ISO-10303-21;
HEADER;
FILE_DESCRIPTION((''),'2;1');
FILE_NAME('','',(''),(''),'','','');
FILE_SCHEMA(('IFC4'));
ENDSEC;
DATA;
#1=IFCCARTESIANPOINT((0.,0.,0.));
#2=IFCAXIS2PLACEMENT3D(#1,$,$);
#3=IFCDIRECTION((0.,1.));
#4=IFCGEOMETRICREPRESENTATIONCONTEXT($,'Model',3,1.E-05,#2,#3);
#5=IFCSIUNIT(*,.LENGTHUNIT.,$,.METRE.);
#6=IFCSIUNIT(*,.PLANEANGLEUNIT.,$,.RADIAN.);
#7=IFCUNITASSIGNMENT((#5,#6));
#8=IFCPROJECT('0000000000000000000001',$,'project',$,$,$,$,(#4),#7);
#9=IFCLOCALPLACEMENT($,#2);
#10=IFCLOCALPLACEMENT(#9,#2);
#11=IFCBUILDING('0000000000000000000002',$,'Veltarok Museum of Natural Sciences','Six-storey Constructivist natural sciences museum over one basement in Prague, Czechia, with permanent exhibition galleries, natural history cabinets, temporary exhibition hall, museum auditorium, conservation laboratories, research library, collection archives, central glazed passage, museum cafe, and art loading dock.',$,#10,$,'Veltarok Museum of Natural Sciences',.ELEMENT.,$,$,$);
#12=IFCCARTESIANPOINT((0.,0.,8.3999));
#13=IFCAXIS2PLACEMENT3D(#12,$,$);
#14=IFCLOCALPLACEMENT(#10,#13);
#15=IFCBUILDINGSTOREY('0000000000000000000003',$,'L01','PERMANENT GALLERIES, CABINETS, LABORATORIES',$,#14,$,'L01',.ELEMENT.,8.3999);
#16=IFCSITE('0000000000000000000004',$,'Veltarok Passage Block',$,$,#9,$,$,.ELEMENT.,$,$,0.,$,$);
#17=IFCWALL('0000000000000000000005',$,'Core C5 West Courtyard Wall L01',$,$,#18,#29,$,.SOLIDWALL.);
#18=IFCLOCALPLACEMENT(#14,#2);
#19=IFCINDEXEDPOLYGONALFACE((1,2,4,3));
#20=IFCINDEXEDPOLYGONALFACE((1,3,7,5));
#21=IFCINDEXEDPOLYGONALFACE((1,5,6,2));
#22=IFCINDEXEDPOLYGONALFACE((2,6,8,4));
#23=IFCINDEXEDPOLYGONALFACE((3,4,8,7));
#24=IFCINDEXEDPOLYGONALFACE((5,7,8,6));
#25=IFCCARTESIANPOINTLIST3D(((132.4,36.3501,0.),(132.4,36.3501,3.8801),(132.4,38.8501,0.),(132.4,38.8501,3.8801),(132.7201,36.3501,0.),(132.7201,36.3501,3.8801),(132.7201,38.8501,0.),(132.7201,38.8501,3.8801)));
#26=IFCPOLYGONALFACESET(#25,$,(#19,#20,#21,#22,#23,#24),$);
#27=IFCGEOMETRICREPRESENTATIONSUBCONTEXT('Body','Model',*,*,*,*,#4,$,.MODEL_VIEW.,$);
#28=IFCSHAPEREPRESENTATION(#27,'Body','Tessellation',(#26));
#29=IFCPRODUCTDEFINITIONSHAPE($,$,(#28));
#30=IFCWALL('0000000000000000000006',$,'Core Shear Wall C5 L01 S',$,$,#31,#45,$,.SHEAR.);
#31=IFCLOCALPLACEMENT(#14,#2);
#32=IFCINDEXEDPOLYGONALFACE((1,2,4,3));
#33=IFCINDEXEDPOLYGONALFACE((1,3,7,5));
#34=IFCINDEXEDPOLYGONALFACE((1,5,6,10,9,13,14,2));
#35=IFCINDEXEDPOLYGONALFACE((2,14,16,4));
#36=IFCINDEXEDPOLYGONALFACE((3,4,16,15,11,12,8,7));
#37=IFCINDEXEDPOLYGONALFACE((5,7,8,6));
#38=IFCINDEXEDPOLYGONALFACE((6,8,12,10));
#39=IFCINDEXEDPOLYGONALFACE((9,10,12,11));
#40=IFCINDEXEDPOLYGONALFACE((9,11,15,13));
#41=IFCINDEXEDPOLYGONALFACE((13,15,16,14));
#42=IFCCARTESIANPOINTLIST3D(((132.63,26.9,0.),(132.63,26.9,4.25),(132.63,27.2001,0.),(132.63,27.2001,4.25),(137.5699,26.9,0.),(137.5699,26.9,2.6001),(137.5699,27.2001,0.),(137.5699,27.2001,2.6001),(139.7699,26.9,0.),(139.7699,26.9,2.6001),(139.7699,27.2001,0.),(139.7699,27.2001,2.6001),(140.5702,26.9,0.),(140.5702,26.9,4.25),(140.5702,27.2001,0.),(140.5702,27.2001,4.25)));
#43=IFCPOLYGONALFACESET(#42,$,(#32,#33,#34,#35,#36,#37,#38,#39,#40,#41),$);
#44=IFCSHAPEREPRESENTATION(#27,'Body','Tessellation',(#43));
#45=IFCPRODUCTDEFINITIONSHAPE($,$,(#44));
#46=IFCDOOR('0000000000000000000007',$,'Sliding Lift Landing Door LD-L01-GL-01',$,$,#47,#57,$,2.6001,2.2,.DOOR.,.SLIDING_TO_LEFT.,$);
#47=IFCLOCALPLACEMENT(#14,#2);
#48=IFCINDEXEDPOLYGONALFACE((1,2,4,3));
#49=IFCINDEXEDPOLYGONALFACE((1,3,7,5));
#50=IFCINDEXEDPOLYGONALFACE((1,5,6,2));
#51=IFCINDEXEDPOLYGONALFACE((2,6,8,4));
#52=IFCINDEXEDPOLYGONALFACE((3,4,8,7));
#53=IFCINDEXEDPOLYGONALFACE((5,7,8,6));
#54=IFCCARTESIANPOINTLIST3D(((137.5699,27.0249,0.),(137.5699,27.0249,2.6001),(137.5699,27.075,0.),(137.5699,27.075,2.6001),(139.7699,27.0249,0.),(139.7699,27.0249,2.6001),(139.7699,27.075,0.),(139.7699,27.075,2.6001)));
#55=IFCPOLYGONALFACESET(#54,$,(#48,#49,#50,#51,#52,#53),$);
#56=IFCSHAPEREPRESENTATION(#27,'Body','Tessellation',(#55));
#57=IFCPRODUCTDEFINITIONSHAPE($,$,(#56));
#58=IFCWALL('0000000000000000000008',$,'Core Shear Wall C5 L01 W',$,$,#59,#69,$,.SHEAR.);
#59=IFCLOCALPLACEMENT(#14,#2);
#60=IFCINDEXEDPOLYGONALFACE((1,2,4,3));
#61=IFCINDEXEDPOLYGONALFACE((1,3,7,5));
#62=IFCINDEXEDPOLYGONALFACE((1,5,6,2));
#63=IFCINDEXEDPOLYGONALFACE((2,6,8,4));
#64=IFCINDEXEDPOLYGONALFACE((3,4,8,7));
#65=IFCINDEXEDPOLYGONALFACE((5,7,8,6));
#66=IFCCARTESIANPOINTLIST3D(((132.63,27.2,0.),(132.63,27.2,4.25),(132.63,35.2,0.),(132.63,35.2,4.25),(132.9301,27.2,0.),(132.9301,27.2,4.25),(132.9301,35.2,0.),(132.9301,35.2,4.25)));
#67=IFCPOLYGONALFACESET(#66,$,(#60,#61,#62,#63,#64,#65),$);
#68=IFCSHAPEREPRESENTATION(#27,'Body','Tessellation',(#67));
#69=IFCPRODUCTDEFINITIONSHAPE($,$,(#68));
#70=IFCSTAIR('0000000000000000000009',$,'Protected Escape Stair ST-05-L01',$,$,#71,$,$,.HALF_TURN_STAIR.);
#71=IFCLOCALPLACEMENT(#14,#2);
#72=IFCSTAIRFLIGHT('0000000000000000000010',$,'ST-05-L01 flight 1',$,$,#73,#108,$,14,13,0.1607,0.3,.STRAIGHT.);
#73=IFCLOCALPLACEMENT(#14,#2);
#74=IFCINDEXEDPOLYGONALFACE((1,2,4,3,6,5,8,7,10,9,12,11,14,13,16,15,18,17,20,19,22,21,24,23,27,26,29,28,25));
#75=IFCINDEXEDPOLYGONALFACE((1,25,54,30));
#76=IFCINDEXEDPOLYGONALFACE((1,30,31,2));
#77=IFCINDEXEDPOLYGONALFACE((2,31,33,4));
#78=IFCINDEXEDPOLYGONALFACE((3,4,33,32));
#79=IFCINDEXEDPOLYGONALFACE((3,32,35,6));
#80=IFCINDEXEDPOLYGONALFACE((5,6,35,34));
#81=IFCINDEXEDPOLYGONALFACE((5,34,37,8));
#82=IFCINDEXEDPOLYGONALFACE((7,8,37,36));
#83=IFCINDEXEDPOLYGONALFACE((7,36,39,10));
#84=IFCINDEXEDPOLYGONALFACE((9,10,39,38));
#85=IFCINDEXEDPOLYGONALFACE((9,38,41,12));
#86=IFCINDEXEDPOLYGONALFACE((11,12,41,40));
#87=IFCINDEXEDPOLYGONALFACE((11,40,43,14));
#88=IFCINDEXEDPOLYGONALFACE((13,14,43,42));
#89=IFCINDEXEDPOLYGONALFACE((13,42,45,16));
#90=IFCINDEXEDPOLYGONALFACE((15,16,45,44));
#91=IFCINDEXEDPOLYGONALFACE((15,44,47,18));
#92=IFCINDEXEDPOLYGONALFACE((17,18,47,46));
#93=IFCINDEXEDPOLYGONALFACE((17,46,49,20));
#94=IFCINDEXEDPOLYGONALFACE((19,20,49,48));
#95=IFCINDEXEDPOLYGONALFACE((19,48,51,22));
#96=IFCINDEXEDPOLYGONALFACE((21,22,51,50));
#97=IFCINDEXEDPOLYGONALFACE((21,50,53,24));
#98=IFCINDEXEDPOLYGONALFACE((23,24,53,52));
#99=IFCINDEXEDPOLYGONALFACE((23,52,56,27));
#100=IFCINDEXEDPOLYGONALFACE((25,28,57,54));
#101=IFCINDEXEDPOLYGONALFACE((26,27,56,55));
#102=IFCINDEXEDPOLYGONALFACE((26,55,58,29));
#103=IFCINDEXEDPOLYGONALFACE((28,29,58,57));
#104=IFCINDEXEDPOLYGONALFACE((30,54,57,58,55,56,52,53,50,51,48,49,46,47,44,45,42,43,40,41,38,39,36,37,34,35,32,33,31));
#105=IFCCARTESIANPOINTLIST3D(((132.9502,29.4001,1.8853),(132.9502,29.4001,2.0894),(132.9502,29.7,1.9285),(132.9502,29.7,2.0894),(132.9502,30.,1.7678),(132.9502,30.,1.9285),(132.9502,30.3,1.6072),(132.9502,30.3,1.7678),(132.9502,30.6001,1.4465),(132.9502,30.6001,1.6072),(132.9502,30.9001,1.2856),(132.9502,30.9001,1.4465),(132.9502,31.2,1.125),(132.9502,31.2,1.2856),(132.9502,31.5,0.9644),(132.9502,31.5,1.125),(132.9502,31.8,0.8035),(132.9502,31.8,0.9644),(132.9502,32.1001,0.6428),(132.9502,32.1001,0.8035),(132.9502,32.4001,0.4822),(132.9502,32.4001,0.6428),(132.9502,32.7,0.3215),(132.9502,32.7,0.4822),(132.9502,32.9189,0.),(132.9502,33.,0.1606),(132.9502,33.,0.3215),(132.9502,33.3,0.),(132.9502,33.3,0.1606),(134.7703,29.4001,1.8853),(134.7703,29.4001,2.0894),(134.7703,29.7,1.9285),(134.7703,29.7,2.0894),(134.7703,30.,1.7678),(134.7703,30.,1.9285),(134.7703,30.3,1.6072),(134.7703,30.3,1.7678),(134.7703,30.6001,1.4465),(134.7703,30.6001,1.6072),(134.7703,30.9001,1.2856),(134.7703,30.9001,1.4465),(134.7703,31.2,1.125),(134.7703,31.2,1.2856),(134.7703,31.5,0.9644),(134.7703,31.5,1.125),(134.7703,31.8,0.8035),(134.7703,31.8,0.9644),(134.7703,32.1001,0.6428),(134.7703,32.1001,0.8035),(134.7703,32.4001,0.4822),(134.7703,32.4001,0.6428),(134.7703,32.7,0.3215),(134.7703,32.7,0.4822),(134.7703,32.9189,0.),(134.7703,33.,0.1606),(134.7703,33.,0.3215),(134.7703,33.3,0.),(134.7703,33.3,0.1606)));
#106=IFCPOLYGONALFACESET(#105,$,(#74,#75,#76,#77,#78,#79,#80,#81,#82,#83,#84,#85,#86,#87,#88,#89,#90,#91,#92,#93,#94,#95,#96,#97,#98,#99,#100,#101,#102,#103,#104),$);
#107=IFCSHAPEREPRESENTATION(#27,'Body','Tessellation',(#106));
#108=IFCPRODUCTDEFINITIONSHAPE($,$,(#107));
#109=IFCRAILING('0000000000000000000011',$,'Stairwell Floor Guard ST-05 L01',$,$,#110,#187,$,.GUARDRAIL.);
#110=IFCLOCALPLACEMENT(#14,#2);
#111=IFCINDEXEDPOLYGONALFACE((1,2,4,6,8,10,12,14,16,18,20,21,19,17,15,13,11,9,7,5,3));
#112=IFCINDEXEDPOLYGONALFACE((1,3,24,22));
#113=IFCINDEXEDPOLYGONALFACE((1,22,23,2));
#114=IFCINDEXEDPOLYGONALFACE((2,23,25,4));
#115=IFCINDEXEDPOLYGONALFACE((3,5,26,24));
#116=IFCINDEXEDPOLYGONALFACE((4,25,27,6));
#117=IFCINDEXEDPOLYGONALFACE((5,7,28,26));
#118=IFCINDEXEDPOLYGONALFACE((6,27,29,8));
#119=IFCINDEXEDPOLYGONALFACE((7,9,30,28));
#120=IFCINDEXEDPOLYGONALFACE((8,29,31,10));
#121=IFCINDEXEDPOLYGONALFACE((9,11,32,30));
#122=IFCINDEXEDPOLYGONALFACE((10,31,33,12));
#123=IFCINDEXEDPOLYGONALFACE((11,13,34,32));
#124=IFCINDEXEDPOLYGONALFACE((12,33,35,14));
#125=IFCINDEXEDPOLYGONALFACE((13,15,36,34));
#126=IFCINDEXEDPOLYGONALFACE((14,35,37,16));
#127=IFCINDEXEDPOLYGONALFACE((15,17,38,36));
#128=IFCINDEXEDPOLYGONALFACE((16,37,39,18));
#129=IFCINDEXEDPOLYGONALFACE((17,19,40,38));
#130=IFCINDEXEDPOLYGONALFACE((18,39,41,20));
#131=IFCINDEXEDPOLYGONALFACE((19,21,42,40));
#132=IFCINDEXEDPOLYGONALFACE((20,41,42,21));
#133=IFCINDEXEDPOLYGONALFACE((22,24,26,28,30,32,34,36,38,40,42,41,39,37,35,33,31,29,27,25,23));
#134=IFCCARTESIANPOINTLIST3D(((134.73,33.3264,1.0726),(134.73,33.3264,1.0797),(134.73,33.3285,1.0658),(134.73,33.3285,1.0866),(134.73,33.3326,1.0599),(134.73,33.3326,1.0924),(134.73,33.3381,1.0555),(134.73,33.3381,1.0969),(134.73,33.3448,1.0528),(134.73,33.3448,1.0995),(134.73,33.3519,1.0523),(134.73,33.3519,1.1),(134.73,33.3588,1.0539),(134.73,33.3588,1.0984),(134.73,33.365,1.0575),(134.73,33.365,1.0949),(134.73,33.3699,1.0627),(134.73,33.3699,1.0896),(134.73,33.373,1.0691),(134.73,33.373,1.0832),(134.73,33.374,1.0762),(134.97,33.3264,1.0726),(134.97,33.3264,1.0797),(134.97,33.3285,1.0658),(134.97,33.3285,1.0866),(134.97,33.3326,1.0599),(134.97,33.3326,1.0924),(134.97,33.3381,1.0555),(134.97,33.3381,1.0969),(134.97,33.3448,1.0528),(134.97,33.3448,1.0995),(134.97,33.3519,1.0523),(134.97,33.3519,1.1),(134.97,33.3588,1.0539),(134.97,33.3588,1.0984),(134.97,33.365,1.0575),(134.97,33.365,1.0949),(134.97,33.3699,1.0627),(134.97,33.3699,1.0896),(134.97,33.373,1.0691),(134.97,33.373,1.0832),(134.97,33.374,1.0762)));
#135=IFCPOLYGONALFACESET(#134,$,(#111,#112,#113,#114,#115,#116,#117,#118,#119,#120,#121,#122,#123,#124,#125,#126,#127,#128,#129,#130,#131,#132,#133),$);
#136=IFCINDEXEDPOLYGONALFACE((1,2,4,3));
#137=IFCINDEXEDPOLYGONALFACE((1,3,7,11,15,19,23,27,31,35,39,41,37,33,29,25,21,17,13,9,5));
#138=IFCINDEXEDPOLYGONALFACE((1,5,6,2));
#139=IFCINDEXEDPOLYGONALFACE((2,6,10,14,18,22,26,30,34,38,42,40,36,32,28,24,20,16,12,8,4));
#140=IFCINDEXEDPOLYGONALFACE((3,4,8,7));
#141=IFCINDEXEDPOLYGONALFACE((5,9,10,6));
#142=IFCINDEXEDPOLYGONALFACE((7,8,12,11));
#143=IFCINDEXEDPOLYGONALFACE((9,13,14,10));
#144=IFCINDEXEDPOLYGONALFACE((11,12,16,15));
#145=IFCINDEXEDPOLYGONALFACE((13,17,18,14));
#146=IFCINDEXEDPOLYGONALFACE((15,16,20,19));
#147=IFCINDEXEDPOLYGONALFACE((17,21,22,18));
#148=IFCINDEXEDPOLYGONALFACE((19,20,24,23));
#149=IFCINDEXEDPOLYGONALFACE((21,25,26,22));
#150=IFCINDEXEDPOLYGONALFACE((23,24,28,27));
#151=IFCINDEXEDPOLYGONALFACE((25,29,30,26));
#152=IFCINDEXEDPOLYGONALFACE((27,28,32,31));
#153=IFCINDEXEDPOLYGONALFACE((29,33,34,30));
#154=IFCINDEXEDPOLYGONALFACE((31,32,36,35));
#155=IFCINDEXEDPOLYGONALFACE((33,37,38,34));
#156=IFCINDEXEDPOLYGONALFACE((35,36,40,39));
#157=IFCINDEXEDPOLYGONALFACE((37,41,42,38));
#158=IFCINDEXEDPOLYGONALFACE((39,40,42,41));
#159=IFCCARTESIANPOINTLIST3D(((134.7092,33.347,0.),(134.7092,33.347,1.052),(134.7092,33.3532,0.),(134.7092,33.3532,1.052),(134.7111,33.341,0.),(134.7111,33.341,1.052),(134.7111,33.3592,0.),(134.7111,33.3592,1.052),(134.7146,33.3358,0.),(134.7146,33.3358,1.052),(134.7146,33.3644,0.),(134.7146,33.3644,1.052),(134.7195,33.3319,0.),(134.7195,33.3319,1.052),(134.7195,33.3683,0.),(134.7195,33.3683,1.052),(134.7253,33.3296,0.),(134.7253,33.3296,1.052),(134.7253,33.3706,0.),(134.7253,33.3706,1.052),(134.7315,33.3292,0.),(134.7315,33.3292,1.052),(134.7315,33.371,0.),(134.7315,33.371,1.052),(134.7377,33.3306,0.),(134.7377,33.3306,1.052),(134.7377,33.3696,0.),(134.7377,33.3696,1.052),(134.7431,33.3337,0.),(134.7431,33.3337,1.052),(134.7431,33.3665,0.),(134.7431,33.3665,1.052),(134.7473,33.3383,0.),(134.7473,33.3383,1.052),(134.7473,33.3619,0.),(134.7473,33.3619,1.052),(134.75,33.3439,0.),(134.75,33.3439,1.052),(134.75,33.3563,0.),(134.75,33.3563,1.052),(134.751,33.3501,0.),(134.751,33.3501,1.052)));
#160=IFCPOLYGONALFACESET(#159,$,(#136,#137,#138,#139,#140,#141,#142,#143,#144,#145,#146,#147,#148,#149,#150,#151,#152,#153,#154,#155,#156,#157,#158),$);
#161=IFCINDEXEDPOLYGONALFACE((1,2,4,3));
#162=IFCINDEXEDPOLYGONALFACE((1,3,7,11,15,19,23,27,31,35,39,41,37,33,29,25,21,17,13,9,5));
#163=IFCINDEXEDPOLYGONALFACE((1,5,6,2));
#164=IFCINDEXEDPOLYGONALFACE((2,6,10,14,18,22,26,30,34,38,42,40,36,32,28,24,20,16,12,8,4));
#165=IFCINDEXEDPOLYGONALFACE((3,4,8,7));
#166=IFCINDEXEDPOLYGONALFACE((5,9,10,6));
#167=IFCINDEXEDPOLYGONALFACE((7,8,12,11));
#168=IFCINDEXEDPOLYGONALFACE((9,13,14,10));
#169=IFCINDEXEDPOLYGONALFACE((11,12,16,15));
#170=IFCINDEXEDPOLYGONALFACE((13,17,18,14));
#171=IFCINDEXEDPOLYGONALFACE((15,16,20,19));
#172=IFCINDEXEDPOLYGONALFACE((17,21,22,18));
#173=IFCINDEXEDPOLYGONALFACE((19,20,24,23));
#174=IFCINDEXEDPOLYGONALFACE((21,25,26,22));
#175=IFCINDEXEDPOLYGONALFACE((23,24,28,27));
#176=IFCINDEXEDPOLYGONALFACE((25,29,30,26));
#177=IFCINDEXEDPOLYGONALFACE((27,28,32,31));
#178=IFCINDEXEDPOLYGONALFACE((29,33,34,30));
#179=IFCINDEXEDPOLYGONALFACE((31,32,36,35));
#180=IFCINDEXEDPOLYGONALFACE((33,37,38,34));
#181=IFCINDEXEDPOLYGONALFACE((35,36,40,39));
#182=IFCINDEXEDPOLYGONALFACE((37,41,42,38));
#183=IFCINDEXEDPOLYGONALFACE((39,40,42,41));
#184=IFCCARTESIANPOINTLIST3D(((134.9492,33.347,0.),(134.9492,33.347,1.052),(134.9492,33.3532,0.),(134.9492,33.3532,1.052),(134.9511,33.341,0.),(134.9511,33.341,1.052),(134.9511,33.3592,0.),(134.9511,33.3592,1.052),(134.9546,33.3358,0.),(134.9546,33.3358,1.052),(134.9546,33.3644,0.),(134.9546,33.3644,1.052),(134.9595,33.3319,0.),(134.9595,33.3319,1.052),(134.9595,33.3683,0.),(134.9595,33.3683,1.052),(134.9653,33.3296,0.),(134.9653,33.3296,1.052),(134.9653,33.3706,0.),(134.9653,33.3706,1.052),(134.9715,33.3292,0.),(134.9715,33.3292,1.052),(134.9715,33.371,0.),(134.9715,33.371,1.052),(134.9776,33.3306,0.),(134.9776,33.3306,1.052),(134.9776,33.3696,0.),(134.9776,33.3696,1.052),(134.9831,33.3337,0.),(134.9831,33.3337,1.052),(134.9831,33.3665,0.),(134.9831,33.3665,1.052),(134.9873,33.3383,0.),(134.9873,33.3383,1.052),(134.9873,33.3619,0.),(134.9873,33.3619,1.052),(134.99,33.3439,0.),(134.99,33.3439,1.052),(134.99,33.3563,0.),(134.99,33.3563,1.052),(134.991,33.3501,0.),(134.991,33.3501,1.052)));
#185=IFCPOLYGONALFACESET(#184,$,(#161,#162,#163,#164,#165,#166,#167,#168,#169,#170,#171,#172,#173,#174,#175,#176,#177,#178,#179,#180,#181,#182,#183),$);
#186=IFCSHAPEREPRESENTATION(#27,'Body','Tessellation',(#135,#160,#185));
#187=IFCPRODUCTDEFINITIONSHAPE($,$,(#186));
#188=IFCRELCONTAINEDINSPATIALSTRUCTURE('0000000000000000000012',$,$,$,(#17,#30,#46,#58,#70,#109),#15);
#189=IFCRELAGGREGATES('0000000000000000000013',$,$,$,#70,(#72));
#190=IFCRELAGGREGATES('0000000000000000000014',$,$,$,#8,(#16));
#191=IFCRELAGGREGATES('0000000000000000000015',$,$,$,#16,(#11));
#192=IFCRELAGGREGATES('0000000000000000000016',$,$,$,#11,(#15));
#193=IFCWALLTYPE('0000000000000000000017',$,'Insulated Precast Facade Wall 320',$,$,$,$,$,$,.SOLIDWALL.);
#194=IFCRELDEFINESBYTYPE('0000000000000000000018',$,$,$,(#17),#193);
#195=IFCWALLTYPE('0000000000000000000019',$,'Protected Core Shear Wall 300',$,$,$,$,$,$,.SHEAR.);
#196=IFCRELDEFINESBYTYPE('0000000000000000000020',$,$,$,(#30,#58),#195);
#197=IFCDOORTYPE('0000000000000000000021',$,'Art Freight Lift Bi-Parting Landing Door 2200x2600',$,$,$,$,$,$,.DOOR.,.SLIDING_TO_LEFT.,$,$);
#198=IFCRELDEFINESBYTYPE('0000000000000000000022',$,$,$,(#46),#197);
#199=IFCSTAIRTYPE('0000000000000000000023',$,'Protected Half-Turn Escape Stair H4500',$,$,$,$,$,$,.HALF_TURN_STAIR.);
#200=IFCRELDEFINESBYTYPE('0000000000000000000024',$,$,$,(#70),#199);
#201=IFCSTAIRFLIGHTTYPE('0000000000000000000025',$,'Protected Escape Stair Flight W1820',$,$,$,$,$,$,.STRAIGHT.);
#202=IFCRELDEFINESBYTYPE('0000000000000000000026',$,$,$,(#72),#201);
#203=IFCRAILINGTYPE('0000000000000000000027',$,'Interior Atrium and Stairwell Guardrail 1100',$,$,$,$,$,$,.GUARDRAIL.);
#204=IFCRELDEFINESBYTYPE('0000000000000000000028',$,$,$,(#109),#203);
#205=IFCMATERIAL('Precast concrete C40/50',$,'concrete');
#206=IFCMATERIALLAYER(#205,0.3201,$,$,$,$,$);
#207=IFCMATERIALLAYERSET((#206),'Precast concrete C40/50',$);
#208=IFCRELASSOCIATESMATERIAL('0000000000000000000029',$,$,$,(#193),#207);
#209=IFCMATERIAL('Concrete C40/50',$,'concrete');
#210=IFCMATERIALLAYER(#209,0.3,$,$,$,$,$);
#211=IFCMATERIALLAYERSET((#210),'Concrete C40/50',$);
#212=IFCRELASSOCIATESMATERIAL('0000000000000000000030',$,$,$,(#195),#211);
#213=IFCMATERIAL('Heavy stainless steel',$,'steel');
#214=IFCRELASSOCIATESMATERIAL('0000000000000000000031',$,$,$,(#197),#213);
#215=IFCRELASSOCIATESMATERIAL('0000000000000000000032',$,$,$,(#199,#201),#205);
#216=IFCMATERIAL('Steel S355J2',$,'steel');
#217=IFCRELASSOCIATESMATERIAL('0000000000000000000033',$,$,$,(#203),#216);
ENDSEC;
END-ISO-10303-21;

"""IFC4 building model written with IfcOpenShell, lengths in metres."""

from ifc_helpers import new_model, si_unit, direction, frame, frame_2d, origin, origin_2d, place, context, subcontext, project, spatial, polyline, rectangle, circle, outline, extrude, material, layer, layer_set, type_object, element, fill, aggregate, save


model = new_model("IFC4")

# Units and contexts
model_context = context("Model", 3, precision=1e-05, world=origin(), true_north=direction((0.0, 1.0)))
body_context = subcontext(model_context, "Body", "Model", "MODEL_VIEW")
ifc_project = project(units=[si_unit("LENGTHUNIT", "METRE"), si_unit("PLANEANGLEUNIT", "RADIAN")], contexts=[model_context])

# Site, building, storey
site_placement = place(None, origin())
site = spatial("IfcSite", under=ifc_project, at=site_placement, Name="Veltarok Passage Block", CompositionType="ELEMENT", RefElevation=0.0)
building_placement = place(site_placement, origin())
building = spatial("IfcBuilding", under=site, at=building_placement, Name="Veltarok Museum of Natural Sciences", Description="Six-storey Constructivist natural sciences museum over one basement in Prague, Czechia, with permanent exhibition galleries, natural history cabinets, temporary exhibition hall, museum auditorium, conservation laboratories, research library, collection archives, central glazed passage, museum cafe, and art loading dock.", LongName="Veltarok Museum of Natural Sciences", CompositionType="ELEMENT")
storey_placement = place(building_placement, frame((0.0, 0.0, 8.3999)))
storey = spatial("IfcBuildingStorey", under=building, at=storey_placement, Name="L01", Description="PERMANENT GALLERIES, CABINETS, LABORATORIES", LongName="L01", CompositionType="ELEMENT", Elevation=8.3999)

# Wall
ifc_material_1 = material(Name="Precast concrete C40/50", Category="concrete")
ifc_layer_1 = layer(ifc_material_1, 0.3201)
ifc_layer_set_1 = layer_set([ifc_layer_1], Name="Precast concrete C40/50")
wall_type_1 = type_object("IfcWallType", Name="Insulated Precast Facade Wall 320", PredefinedType="SOLIDWALL", material=ifc_layer_set_1)
wall_1_placement = place(storey_placement, frame((132.5601, 38.8501, 0.0), z_axis=(0.0, 0.0, 1.0), x_axis=(0.0, -1.0, 0.0)))
element("IfcWall", 1, at=wall_1_placement, inside=storey, type_object=wall_type_1, Name="Core C5 West Courtyard Wall L01", PredefinedType="SOLIDWALL", context=body_context, shape_type="SweptSolid", body=[
    extrude(rectangle(XDim=2.5, YDim=0.3201, at=frame_2d((1.25, 0.0))), origin(), (0.0, 0.0, 1.0), 3.8801),
])

# Wall, opening, door
ifc_material_2 = material(Name="Concrete C40/50", Category="concrete")
ifc_layer_2 = layer(ifc_material_2, 0.3)
ifc_layer_set_2 = layer_set([ifc_layer_2], Name="Concrete C40/50")
wall_type_2 = type_object("IfcWallType", Name="Protected Core Shear Wall 300", PredefinedType="SHEAR", material=ifc_layer_set_2)
wall_2_placement = place(storey_placement, frame((132.6299, 27.05, 0.0), z_axis=(0.0, 0.0, 1.0), x_axis=(1.0, 0.0, 0.0)))
wall_2 = element("IfcWall", 2, at=wall_2_placement, inside=storey, type_object=wall_type_2, Name="Core Shear Wall C5 L01 S", PredefinedType="SHEAR", context=body_context, shape_type="SweptSolid", body=[
    extrude(rectangle(XDim=7.9402, YDim=0.3, at=frame_2d((3.9702, 0.0))), origin(), (0.0, 0.0, 1.0), 4.25),
])
opening_1_placement = place(wall_2_placement, frame((4.9399, 0.0, 0.0)))
opening_1 = element("IfcOpeningElement", 3, at=opening_1_placement, cuts=wall_2, PredefinedType="OPENING", context=body_context, shape_type="SweptSolid", body=[
    extrude(rectangle(XDim=2.2, YDim=2.6001, at=frame_2d((1.1001, 1.3))), frame((0.0, 0.1602, 0.0), z_axis=(0.0, -1.0, 0.0), x_axis=(1.0, 0.0, 0.0)), (0.0, 0.0, 1.0), 0.3201),
])
ifc_material_3 = material(Name="Heavy stainless steel", Category="steel")
door_type_1 = type_object("IfcDoorType", Name="Art Freight Lift Bi-Parting Landing Door 2200x2600", OperationType="SLIDING_TO_LEFT", PredefinedType="DOOR", material=ifc_material_3)
door_1_placement = place(opening_1_placement, origin())
door_1 = element("IfcDoor", 4, at=door_1_placement, inside=storey, type_object=door_type_1, Name="Sliding Lift Landing Door LD-L01-GL-01", OperationType="SLIDING_TO_LEFT", OverallHeight=2.6001, OverallWidth=2.2, PredefinedType="DOOR", context=body_context, shape_type="SweptSolid", body=[
    extrude(rectangle(XDim=2.2, YDim=2.6001, at=frame_2d((1.1001, 1.3))), frame((0.0, 0.0249, 0.0), z_axis=(0.0, -1.0, 0.0), x_axis=(1.0, 0.0, 0.0)), (0.0, 0.0, 1.0), 0.05),
])
fill(opening_1, door_1)

# Wall
wall_3_placement = place(storey_placement, frame((132.78, 35.2, 0.0), z_axis=(0.0, 0.0, 1.0), x_axis=(0.0, -1.0, 0.0)))
element("IfcWall", 5, at=wall_3_placement, inside=storey, type_object=wall_type_2, Name="Core Shear Wall C5 L01 W", PredefinedType="SHEAR", context=body_context, shape_type="SweptSolid", body=[
    extrude(rectangle(XDim=8.0, YDim=0.3, at=frame_2d((4.0, 0.0))), origin(), (0.0, 0.0, 1.0), 4.25),
])

# Stair, stair flight
stair_type = type_object("IfcStairType", Name="Protected Half-Turn Escape Stair H4500", PredefinedType="HALF_TURN_STAIR", material=ifc_material_1)
stair_placement = place(storey_placement, origin())
stair = element("IfcStair", 6, at=stair_placement, inside=storey, type_object=stair_type, Name="Protected Escape Stair ST-05-L01", PredefinedType="HALF_TURN_STAIR")
stair_flight_type = type_object("IfcStairFlightType", Name="Protected Escape Stair Flight W1820", PredefinedType="STRAIGHT", material=ifc_material_1)
stair_flight_placement = place(storey_placement, frame((133.8601, 33.3, 0.0), z_axis=(0.0, 0.0, 1.0), x_axis=(0.0, -1.0, 0.0)))
stair_flight = element("IfcStairFlight", 7, at=stair_flight_placement, type_object=stair_flight_type, Name="ST-05-L01 flight 1", NumberOfRisers=14, NumberOfTreads=13, PredefinedType="STRAIGHT", RiserHeight=0.1607, TreadLength=0.3, context=body_context, shape_type="SweptSolid", body=[
    extrude(outline(polyline([(0.0, 0.0), (0.0, 0.1606), (0.3, 0.1606), (0.3, 0.3215), (0.6001, 0.3215), (0.6001, 0.4822), (0.8999, 0.4822), (0.8999, 0.6428), (1.2, 0.6428), (1.2, 0.8035), (1.5, 0.8035), (1.5, 0.9644), (1.8, 0.9644), (1.8, 1.125), (2.1001, 1.125), (2.1001, 1.2856), (2.3999, 1.2856), (2.3999, 1.4465), (2.7, 1.4465), (2.7, 1.6072), (3.0, 1.6072), (3.0, 1.7678), (3.3, 1.7678), (3.3, 1.9285), (3.6001, 1.9285), (3.6001, 2.0894), (3.8999, 2.0894), (3.8999, 2.25), (3.8999, 1.8853), (0.3811, 0.0), (0.0, 0.0)])), frame((0.0, 0.9102, 0.0), z_axis=(0.0, -1.0, 0.0), x_axis=(1.0, 0.0, 0.0)), (0.0, 0.0, 1.0), 1.8201),
])
aggregate(stair, [stair_flight])

# Railing
ifc_material_4 = material(Name="Steel S355J2", Category="steel")
railing_type_1 = type_object("IfcRailingType", Name="Interior Atrium and Stairwell Guardrail 1100", PredefinedType="GUARDRAIL", material=ifc_material_4)
for number, where, name in (
    (8, (134.73, 33.3501, 0.0), "Stairwell Floor Guard ST-05 L01"),
):
    element("IfcRailing", number, at=place(storey_placement, frame(where)), inside=storey, type_object=railing_type_1, Name=name, PredefinedType="GUARDRAIL", context=body_context, shape_type="SweptSolid", body=[
        extrude(circle(Radius=0.0239, at=origin_2d()), frame((0.0, 0.0, 1.0762), z_axis=(1.0, 0.0, 0.0), x_axis=(0.0, 1.0, 0.0)), (0.0, 0.0, 1.0), 0.24),
        extrude(circle(Radius=0.021, at=origin_2d()), origin(), (0.0, 0.0, 1.0), 1.052),
        extrude(circle(Radius=0.021, at=origin_2d()), frame((0.24, 0.0, 0.0)), (0.0, 0.0, 1.0), 1.052),
    ])

save(model, "model.ifc")
